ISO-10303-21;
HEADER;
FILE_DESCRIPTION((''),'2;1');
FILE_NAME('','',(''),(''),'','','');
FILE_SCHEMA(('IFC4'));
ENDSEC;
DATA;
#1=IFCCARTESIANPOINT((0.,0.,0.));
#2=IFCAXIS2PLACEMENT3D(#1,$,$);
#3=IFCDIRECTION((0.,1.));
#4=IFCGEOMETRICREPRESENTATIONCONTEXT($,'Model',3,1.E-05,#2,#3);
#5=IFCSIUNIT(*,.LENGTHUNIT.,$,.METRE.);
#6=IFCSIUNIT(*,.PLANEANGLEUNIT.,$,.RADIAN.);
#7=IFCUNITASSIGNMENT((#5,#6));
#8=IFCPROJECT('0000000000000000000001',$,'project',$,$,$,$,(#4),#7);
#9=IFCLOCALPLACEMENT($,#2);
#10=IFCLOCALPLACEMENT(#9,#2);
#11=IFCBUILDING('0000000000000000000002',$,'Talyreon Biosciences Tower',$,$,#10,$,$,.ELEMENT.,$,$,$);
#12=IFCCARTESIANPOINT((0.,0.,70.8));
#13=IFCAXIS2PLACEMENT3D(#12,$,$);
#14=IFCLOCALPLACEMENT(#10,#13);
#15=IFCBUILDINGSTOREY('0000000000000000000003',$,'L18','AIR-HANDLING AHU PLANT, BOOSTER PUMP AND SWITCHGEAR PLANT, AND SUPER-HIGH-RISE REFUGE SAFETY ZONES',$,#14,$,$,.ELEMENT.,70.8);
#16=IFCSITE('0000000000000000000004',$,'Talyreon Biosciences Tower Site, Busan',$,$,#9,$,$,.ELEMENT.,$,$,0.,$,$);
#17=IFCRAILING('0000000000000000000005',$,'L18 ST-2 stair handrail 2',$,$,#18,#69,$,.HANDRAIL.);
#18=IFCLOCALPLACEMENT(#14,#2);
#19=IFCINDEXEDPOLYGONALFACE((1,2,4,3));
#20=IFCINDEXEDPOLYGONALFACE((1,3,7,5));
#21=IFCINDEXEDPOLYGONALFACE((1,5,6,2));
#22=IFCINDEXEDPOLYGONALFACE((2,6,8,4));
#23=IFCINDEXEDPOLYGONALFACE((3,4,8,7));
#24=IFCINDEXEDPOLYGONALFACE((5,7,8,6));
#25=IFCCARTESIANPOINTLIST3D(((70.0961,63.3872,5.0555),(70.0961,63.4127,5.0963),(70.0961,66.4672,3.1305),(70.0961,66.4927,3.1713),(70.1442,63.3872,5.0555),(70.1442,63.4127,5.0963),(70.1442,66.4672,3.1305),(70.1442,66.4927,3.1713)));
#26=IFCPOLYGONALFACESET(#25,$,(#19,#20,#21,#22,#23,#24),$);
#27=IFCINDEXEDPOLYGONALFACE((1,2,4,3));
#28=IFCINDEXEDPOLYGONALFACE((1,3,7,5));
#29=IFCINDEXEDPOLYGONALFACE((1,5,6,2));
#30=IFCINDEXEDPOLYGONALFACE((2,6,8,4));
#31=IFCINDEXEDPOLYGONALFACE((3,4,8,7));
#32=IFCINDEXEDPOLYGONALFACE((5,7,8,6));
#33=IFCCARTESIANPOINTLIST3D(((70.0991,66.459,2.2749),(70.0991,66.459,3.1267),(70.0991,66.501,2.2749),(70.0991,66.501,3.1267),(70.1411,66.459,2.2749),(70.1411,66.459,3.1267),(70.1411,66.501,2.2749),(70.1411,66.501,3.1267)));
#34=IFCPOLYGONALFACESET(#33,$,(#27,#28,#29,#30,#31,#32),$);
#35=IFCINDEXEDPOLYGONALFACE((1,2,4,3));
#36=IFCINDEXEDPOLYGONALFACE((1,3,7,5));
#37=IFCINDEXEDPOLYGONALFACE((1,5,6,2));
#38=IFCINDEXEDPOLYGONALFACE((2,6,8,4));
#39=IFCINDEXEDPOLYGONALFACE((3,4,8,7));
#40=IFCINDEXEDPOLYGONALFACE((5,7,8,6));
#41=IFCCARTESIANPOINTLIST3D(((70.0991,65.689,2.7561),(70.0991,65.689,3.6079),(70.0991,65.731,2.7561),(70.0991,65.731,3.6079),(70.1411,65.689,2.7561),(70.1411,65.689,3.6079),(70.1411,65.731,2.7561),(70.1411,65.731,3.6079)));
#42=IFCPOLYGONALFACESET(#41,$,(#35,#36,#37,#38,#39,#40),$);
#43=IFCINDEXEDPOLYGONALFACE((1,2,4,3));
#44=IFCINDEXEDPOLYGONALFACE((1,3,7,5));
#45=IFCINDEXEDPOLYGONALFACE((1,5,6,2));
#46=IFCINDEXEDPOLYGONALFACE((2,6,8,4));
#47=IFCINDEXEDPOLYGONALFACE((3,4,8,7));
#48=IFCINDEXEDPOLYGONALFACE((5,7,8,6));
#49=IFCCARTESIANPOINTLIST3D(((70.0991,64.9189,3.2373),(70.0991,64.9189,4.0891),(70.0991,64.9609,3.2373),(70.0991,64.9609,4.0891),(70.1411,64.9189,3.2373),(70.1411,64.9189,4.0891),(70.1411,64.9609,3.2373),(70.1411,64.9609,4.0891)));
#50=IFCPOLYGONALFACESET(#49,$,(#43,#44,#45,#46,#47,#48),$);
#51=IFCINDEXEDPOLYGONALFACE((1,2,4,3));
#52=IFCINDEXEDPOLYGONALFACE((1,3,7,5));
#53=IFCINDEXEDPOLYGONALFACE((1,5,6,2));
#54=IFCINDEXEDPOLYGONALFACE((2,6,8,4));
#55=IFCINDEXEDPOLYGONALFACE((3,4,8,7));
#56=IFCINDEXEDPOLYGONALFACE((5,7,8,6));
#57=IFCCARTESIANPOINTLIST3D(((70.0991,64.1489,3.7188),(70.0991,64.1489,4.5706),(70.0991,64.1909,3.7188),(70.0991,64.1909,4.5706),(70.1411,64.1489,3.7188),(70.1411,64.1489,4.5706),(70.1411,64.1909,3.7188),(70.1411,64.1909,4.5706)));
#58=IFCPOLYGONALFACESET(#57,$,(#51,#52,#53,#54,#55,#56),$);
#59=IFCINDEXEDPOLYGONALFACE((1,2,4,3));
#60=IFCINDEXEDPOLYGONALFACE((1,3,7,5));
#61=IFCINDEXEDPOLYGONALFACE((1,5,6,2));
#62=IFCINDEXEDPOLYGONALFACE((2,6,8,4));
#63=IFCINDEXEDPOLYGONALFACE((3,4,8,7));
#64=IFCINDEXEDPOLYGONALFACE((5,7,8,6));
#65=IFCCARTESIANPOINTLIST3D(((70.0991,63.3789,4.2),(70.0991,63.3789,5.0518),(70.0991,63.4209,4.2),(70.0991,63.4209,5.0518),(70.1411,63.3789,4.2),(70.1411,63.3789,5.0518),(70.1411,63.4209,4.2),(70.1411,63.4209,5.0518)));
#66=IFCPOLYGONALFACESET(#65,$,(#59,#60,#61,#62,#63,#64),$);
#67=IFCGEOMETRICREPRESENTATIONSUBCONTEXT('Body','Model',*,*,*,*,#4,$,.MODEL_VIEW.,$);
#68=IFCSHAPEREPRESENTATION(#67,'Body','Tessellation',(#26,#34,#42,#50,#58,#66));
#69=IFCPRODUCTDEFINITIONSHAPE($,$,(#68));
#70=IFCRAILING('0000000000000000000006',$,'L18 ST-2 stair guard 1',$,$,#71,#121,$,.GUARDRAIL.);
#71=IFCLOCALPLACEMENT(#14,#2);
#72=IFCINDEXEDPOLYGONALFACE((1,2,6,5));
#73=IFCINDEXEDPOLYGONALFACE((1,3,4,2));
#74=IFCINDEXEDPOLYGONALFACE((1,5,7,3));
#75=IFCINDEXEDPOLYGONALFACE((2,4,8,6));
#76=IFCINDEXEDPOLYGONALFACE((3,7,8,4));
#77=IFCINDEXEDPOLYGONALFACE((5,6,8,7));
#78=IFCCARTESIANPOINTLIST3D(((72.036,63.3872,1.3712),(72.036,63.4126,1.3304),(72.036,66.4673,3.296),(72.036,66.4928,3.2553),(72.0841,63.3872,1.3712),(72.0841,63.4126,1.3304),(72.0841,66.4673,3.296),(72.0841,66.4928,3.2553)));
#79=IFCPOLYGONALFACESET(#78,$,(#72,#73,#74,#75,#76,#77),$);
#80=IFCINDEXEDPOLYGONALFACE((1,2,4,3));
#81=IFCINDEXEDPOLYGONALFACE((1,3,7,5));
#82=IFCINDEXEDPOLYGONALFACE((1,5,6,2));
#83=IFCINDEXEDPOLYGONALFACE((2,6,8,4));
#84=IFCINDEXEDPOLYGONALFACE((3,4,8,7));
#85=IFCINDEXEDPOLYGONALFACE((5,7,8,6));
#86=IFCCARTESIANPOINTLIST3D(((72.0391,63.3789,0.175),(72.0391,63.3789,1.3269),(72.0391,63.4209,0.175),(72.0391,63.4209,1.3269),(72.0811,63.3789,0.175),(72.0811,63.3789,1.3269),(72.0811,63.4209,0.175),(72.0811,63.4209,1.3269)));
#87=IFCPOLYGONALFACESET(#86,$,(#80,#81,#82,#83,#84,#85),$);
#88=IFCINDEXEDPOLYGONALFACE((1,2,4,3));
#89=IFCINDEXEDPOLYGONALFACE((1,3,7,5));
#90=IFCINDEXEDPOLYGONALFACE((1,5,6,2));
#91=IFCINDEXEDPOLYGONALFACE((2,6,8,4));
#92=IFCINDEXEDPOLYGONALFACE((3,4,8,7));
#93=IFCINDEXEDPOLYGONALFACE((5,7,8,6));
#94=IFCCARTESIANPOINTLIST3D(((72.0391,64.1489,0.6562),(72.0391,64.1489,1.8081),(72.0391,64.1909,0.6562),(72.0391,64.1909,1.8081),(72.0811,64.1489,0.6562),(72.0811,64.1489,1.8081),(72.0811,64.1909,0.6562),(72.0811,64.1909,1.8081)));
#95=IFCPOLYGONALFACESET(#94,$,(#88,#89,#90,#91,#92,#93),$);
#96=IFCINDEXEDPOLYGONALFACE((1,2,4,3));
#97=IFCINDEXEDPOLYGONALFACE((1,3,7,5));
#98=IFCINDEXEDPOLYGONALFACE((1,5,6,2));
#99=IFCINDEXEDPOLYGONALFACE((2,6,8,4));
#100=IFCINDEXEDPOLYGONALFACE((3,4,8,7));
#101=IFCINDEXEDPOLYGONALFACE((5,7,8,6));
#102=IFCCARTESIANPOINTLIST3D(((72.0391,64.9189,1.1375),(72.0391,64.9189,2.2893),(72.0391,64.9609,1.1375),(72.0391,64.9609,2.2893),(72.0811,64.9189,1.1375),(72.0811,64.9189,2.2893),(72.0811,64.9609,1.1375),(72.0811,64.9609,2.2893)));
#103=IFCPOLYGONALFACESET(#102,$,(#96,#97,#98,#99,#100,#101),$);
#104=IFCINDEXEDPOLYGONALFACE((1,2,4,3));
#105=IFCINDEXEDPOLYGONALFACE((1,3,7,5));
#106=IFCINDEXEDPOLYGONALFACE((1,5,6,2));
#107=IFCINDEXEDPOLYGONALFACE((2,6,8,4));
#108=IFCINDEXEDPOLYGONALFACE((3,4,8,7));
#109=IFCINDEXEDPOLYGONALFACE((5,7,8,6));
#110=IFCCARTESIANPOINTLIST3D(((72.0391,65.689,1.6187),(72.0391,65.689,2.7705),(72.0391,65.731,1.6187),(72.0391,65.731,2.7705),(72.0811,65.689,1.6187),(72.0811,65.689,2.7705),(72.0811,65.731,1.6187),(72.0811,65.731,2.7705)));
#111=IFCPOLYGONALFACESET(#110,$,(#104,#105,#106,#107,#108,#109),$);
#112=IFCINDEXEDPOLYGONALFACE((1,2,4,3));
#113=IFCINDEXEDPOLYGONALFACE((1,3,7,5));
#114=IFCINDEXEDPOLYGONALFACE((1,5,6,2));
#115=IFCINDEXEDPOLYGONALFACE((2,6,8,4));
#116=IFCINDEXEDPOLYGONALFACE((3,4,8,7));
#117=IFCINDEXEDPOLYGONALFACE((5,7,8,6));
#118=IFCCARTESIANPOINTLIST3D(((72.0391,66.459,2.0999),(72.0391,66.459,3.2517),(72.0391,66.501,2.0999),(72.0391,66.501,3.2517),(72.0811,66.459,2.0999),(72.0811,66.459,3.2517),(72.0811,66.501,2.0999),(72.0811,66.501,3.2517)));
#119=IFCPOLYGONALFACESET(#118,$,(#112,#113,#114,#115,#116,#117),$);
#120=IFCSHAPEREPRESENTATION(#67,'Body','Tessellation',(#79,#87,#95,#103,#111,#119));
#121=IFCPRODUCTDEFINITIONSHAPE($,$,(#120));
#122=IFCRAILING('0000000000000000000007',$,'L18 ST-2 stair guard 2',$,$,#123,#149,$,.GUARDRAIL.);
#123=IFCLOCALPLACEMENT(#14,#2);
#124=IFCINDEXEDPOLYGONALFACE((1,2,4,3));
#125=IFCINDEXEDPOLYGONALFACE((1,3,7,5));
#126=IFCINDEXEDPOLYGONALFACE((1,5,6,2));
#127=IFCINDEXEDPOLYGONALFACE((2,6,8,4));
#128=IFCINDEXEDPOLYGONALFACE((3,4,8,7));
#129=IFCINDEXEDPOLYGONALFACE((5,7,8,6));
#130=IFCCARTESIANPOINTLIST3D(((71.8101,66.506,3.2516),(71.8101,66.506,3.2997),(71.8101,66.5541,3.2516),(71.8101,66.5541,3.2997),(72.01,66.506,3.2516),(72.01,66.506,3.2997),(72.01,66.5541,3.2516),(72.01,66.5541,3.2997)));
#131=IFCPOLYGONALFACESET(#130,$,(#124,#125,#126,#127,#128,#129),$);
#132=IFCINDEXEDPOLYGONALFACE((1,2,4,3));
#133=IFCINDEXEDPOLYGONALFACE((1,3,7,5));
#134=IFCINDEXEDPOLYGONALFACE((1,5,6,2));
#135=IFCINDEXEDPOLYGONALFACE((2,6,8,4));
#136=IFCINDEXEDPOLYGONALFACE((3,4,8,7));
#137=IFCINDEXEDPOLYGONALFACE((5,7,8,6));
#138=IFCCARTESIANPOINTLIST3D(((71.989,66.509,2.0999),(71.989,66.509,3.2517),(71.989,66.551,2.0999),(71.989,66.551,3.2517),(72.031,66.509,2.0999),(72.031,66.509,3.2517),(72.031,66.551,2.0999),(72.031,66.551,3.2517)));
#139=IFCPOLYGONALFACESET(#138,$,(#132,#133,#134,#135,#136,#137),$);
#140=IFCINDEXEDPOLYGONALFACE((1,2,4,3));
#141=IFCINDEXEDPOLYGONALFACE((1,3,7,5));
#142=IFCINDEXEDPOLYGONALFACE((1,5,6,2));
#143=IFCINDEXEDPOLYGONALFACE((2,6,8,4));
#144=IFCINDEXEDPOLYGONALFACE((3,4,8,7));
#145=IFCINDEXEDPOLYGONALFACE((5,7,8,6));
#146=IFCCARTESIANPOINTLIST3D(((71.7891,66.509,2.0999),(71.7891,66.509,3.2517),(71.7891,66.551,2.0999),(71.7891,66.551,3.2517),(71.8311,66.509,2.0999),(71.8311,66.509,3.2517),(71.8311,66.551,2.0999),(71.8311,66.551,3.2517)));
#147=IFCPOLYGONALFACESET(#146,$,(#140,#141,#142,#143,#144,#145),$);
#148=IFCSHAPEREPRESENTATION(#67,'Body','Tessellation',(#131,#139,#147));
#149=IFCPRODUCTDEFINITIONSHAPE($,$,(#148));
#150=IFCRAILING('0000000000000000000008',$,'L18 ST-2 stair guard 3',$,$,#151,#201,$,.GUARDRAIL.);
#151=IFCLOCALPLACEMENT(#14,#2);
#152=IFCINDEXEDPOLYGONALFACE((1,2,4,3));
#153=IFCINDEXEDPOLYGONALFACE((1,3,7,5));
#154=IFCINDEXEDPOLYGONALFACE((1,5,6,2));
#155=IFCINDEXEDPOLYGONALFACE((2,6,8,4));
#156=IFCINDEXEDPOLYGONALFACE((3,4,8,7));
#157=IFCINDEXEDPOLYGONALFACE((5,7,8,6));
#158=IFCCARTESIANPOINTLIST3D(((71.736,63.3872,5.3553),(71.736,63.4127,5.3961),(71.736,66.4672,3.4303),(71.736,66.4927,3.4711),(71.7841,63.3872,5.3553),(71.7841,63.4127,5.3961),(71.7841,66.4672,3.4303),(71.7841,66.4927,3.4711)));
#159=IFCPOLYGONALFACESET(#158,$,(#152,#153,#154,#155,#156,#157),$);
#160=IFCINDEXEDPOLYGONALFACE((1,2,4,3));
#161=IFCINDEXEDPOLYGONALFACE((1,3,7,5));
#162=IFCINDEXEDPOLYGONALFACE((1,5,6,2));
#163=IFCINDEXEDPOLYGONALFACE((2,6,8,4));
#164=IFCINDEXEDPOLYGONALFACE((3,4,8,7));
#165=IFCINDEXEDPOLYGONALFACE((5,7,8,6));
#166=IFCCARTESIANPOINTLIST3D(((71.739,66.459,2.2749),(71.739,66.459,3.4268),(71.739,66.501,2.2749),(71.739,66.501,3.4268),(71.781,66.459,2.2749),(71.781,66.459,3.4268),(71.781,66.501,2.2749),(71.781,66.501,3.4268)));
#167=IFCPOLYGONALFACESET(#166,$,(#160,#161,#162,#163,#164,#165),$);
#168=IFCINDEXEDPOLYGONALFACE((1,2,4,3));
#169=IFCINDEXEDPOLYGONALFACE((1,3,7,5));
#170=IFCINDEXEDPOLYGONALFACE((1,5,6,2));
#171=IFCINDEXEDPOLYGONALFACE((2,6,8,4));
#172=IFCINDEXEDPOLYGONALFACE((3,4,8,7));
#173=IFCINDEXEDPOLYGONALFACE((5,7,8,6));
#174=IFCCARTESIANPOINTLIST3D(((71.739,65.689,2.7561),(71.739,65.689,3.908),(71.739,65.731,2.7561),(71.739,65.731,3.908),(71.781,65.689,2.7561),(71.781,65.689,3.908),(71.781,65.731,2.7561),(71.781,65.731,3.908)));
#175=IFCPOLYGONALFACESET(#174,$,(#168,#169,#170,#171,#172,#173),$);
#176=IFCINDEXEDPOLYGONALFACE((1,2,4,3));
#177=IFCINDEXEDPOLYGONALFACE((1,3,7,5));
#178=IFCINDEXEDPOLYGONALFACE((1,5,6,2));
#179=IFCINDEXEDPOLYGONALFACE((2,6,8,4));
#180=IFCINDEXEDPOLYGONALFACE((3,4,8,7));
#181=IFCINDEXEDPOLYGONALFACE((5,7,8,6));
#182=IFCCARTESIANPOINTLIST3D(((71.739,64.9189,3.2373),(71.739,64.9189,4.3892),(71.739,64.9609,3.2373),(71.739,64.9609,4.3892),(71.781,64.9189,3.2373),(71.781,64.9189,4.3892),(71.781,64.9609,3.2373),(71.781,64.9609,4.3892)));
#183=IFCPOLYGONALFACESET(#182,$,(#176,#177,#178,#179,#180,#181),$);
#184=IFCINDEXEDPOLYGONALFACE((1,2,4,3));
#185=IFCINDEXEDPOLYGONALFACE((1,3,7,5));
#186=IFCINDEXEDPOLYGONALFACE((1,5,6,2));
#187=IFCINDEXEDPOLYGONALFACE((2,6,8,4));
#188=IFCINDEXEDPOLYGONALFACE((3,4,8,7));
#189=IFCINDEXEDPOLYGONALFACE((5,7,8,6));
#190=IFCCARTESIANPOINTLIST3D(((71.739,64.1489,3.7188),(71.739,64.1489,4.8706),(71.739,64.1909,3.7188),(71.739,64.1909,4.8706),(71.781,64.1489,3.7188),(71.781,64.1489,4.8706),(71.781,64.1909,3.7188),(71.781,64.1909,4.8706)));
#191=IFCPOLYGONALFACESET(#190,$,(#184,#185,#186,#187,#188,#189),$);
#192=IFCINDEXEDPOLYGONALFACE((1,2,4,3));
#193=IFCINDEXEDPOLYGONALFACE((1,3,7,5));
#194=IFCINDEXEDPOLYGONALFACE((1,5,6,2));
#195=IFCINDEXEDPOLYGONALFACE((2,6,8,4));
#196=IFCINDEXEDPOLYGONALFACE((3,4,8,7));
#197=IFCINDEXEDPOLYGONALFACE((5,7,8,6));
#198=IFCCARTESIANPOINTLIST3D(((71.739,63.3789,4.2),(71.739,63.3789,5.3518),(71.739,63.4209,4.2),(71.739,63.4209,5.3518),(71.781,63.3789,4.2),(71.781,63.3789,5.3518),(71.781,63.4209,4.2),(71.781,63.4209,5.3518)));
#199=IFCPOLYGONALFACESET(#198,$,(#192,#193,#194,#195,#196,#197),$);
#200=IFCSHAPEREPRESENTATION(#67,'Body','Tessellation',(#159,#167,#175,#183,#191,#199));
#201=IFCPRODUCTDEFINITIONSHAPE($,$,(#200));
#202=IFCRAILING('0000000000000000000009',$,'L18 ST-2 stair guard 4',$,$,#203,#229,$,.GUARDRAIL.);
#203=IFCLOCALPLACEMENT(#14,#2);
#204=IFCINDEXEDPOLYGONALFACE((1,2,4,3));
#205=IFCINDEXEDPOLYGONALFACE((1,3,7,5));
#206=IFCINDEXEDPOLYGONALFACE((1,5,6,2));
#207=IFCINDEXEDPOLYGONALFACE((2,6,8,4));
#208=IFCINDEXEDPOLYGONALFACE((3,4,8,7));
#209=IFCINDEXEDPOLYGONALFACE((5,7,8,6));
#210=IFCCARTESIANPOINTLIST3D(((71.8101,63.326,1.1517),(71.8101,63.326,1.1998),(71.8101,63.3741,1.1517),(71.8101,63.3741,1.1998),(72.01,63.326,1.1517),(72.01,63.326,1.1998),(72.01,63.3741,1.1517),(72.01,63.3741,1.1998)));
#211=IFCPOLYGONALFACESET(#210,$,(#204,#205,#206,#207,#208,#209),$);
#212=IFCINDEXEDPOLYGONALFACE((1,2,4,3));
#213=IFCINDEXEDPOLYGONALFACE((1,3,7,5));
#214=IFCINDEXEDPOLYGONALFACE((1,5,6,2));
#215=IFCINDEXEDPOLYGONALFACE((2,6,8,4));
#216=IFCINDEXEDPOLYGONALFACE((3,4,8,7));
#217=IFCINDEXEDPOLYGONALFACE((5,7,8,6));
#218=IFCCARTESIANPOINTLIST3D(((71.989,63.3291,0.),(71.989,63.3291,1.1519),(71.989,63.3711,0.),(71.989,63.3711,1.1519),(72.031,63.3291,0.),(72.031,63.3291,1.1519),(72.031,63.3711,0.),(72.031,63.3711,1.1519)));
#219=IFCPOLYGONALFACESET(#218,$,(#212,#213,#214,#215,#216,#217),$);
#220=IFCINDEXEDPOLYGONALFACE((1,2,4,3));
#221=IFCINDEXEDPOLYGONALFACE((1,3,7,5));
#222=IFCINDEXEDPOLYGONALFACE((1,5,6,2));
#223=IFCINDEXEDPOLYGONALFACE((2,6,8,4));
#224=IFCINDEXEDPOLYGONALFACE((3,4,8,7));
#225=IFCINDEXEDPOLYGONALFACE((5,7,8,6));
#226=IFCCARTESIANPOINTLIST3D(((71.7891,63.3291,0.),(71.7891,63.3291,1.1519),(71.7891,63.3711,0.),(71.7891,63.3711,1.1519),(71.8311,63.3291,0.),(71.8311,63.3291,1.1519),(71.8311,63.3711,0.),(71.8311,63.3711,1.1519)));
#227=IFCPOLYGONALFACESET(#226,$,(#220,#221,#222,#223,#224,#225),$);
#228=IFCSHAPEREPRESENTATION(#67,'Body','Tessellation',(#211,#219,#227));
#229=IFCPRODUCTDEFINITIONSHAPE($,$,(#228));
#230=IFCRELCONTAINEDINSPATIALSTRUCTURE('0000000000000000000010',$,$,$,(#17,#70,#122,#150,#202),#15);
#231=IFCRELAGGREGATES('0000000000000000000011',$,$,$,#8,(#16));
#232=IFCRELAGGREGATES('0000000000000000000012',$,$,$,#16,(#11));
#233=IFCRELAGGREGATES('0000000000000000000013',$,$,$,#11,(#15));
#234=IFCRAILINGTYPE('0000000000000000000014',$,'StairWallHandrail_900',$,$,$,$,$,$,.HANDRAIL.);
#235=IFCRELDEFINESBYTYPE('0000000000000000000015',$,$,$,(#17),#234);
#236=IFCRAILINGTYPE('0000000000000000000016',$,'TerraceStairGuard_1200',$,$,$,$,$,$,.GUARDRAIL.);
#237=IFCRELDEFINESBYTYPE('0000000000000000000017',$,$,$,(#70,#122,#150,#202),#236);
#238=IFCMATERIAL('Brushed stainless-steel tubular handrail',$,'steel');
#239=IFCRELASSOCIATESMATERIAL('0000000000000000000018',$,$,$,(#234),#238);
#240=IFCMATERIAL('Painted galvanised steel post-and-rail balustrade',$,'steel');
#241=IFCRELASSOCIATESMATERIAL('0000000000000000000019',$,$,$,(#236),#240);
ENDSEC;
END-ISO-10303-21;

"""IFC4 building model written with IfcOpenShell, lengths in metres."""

from ifc_helpers import new_model, si_unit, direction, frame, origin, origin_2d, place, context, subcontext, project, spatial, rectangle, extrude, material, type_object, element, save


model = new_model("IFC4")

# Units and contexts
model_context = context("Model", 3, precision=1e-05, world=origin(), true_north=direction((0.0, 1.0)))
body_context = subcontext(model_context, "Body", "Model", "MODEL_VIEW")
ifc_project = project(units=[si_unit("LENGTHUNIT", "METRE"), si_unit("PLANEANGLEUNIT", "RADIAN")], contexts=[model_context])

# Site, building, storey
site_placement = place(None, origin())
site = spatial("IfcSite", under=ifc_project, at=site_placement, Name="Talyreon Biosciences Tower Site, Busan", CompositionType="ELEMENT", RefElevation=0.0)
building_placement = place(site_placement, origin())
building = spatial("IfcBuilding", under=site, at=building_placement, Name="Talyreon Biosciences Tower", CompositionType="ELEMENT")
storey_placement = place(building_placement, frame((0.0, 0.0, 70.8)))
storey = spatial("IfcBuildingStorey", under=building, at=storey_placement, Name="L18", Description="AIR-HANDLING AHU PLANT, BOOSTER PUMP AND SWITCHGEAR PLANT, AND SUPER-HIGH-RISE REFUGE SAFETY ZONES", CompositionType="ELEMENT", Elevation=70.8)

# Railings
ifc_material_1 = material(Name="Brushed stainless-steel tubular handrail", Category="steel")
railing_type_1 = type_object("IfcRailingType", Name="StairWallHandrail_900", PredefinedType="HANDRAIL", material=ifc_material_1)
railing_1_placement = place(storey_placement, frame((70.1201, 66.48, 2.2749)))
element("IfcRailing", 1, at=railing_1_placement, inside=storey, type_object=railing_type_1, Name="L18 ST-2 stair handrail 2", PredefinedType="HANDRAIL", context=body_context, shape_type="SweptSolid", body=[
    extrude(rectangle(XDim=0.0481, YDim=0.0481, at=origin_2d()), frame((0.0, 0.0, 0.876), z_axis=(0.0, -0.847998, 0.529999), x_axis=(1.0, 0.0, 0.0)), (0.0, 0.0, 1.0), 3.6321),
    extrude(rectangle(XDim=0.042, YDim=0.042, at=origin_2d()), origin(), (0.0, 0.0, 1.0), 0.8518),
    extrude(rectangle(XDim=0.042, YDim=0.042, at=origin_2d()), frame((0.0, -0.77, 0.4812)), (0.0, 0.0, 1.0), 0.8518),
    extrude(rectangle(XDim=0.042, YDim=0.042, at=origin_2d()), frame((0.0, -1.54, 0.9624)), (0.0, 0.0, 1.0), 0.8518),
    extrude(rectangle(XDim=0.042, YDim=0.042, at=origin_2d()), frame((0.0, -2.3101, 1.4438)), (0.0, 0.0, 1.0), 0.8518),
    extrude(rectangle(XDim=0.042, YDim=0.042, at=origin_2d()), frame((0.0, -3.0801, 1.925)), (0.0, 0.0, 1.0), 0.8518),
])
ifc_material_2 = material(Name="Painted galvanised steel post-and-rail balustrade", Category="steel")
railing_type_2 = type_object("IfcRailingType", Name="TerraceStairGuard_1200", PredefinedType="GUARDRAIL", material=ifc_material_2)
railing_2_placement = place(storey_placement, frame((72.0601, 63.3999, 0.175)))
element("IfcRailing", 2, at=railing_2_placement, inside=storey, type_object=railing_type_2, Name="L18 ST-2 stair guard 1", PredefinedType="GUARDRAIL", context=body_context, shape_type="SweptSolid", body=[
    extrude(rectangle(XDim=0.0481, YDim=0.0481, at=origin_2d()), frame((0.0, 0.0, 1.1758), z_axis=(0.0, 0.848029, 0.529951), x_axis=(-1.0, 0.0, 0.0)), (0.0, 0.0, 1.0), 3.6321),
    extrude(rectangle(XDim=0.042, YDim=0.042, at=origin_2d()), origin(), (0.0, 0.0, 1.0), 1.1519),
    extrude(rectangle(XDim=0.042, YDim=0.042, at=origin_2d()), frame((0.0, 0.77, 0.4812)), (0.0, 0.0, 1.0), 1.1519),
    extrude(rectangle(XDim=0.042, YDim=0.042, at=origin_2d()), frame((0.0, 1.54, 0.9624)), (0.0, 0.0, 1.0), 1.1519),
    extrude(rectangle(XDim=0.042, YDim=0.042, at=origin_2d()), frame((0.0, 2.3101, 1.4436)), (0.0, 0.0, 1.0), 1.1519),
    extrude(rectangle(XDim=0.042, YDim=0.042, at=origin_2d()), frame((0.0, 3.0801, 1.9248)), (0.0, 0.0, 1.0), 1.1519),
])
railing_3_placement = place(storey_placement, frame((72.01, 66.53, 2.0999)))
element("IfcRailing", 3, at=railing_3_placement, inside=storey, type_object=railing_type_2, Name="L18 ST-2 stair guard 2", PredefinedType="GUARDRAIL", context=body_context, shape_type="SweptSolid", body=[
    extrude(rectangle(XDim=0.0481, YDim=0.0481, at=origin_2d()), frame((0.0, 0.0, 1.1758), z_axis=(-1.0, 0.0, 0.0), x_axis=(0.0, -1.0, 0.0)), (0.0, 0.0, 1.0), 0.2),
    extrude(rectangle(XDim=0.042, YDim=0.042, at=origin_2d()), origin(), (0.0, 0.0, 1.0), 1.1519),
    extrude(rectangle(XDim=0.042, YDim=0.042, at=origin_2d()), frame((-0.2, 0.0, 0.0)), (0.0, 0.0, 1.0), 1.1519),
])
railing_4_placement = place(storey_placement, frame((71.76, 66.48, 2.2749)))
element("IfcRailing", 4, at=railing_4_placement, inside=storey, type_object=railing_type_2, Name="L18 ST-2 stair guard 3", PredefinedType="GUARDRAIL", context=body_context, shape_type="SweptSolid", body=[
    extrude(rectangle(XDim=0.0481, YDim=0.0481, at=origin_2d()), frame((0.0, 0.0, 1.1758), z_axis=(0.0, -0.847998, 0.529999), x_axis=(1.0, 0.0, 0.0)), (0.0, 0.0, 1.0), 3.6321),
    extrude(rectangle(XDim=0.042, YDim=0.042, at=origin_2d()), origin(), (0.0, 0.0, 1.0), 1.1519),
    extrude(rectangle(XDim=0.042, YDim=0.042, at=origin_2d()), frame((0.0, -0.77, 0.4812)), (0.0, 0.0, 1.0), 1.1519),
    extrude(rectangle(XDim=0.042, YDim=0.042, at=origin_2d()), frame((0.0, -1.54, 0.9624)), (0.0, 0.0, 1.0), 1.1519),
    extrude(rectangle(XDim=0.042, YDim=0.042, at=origin_2d()), frame((0.0, -2.3101, 1.4438)), (0.0, 0.0, 1.0), 1.1519),
    extrude(rectangle(XDim=0.042, YDim=0.042, at=origin_2d()), frame((0.0, -3.0801, 1.925)), (0.0, 0.0, 1.0), 1.1519),
])
railing_5_placement = place(storey_placement, frame((72.01, 63.3501, 0.0)))
element("IfcRailing", 5, at=railing_5_placement, inside=storey, type_object=railing_type_2, Name="L18 ST-2 stair guard 4", PredefinedType="GUARDRAIL", context=body_context, shape_type="SweptSolid", body=[
    extrude(rectangle(XDim=0.0481, YDim=0.0481, at=origin_2d()), frame((0.0, 0.0, 1.1758), z_axis=(-1.0, 0.0, 0.0), x_axis=(0.0, -1.0, 0.0)), (0.0, 0.0, 1.0), 0.2),
    extrude(rectangle(XDim=0.042, YDim=0.042, at=origin_2d()), origin(), (0.0, 0.0, 1.0), 1.1519),
    extrude(rectangle(XDim=0.042, YDim=0.042, at=origin_2d()), frame((-0.2, 0.0, 0.0)), (0.0, 0.0, 1.0), 1.1519),
])

save(model, "model.ifc")
